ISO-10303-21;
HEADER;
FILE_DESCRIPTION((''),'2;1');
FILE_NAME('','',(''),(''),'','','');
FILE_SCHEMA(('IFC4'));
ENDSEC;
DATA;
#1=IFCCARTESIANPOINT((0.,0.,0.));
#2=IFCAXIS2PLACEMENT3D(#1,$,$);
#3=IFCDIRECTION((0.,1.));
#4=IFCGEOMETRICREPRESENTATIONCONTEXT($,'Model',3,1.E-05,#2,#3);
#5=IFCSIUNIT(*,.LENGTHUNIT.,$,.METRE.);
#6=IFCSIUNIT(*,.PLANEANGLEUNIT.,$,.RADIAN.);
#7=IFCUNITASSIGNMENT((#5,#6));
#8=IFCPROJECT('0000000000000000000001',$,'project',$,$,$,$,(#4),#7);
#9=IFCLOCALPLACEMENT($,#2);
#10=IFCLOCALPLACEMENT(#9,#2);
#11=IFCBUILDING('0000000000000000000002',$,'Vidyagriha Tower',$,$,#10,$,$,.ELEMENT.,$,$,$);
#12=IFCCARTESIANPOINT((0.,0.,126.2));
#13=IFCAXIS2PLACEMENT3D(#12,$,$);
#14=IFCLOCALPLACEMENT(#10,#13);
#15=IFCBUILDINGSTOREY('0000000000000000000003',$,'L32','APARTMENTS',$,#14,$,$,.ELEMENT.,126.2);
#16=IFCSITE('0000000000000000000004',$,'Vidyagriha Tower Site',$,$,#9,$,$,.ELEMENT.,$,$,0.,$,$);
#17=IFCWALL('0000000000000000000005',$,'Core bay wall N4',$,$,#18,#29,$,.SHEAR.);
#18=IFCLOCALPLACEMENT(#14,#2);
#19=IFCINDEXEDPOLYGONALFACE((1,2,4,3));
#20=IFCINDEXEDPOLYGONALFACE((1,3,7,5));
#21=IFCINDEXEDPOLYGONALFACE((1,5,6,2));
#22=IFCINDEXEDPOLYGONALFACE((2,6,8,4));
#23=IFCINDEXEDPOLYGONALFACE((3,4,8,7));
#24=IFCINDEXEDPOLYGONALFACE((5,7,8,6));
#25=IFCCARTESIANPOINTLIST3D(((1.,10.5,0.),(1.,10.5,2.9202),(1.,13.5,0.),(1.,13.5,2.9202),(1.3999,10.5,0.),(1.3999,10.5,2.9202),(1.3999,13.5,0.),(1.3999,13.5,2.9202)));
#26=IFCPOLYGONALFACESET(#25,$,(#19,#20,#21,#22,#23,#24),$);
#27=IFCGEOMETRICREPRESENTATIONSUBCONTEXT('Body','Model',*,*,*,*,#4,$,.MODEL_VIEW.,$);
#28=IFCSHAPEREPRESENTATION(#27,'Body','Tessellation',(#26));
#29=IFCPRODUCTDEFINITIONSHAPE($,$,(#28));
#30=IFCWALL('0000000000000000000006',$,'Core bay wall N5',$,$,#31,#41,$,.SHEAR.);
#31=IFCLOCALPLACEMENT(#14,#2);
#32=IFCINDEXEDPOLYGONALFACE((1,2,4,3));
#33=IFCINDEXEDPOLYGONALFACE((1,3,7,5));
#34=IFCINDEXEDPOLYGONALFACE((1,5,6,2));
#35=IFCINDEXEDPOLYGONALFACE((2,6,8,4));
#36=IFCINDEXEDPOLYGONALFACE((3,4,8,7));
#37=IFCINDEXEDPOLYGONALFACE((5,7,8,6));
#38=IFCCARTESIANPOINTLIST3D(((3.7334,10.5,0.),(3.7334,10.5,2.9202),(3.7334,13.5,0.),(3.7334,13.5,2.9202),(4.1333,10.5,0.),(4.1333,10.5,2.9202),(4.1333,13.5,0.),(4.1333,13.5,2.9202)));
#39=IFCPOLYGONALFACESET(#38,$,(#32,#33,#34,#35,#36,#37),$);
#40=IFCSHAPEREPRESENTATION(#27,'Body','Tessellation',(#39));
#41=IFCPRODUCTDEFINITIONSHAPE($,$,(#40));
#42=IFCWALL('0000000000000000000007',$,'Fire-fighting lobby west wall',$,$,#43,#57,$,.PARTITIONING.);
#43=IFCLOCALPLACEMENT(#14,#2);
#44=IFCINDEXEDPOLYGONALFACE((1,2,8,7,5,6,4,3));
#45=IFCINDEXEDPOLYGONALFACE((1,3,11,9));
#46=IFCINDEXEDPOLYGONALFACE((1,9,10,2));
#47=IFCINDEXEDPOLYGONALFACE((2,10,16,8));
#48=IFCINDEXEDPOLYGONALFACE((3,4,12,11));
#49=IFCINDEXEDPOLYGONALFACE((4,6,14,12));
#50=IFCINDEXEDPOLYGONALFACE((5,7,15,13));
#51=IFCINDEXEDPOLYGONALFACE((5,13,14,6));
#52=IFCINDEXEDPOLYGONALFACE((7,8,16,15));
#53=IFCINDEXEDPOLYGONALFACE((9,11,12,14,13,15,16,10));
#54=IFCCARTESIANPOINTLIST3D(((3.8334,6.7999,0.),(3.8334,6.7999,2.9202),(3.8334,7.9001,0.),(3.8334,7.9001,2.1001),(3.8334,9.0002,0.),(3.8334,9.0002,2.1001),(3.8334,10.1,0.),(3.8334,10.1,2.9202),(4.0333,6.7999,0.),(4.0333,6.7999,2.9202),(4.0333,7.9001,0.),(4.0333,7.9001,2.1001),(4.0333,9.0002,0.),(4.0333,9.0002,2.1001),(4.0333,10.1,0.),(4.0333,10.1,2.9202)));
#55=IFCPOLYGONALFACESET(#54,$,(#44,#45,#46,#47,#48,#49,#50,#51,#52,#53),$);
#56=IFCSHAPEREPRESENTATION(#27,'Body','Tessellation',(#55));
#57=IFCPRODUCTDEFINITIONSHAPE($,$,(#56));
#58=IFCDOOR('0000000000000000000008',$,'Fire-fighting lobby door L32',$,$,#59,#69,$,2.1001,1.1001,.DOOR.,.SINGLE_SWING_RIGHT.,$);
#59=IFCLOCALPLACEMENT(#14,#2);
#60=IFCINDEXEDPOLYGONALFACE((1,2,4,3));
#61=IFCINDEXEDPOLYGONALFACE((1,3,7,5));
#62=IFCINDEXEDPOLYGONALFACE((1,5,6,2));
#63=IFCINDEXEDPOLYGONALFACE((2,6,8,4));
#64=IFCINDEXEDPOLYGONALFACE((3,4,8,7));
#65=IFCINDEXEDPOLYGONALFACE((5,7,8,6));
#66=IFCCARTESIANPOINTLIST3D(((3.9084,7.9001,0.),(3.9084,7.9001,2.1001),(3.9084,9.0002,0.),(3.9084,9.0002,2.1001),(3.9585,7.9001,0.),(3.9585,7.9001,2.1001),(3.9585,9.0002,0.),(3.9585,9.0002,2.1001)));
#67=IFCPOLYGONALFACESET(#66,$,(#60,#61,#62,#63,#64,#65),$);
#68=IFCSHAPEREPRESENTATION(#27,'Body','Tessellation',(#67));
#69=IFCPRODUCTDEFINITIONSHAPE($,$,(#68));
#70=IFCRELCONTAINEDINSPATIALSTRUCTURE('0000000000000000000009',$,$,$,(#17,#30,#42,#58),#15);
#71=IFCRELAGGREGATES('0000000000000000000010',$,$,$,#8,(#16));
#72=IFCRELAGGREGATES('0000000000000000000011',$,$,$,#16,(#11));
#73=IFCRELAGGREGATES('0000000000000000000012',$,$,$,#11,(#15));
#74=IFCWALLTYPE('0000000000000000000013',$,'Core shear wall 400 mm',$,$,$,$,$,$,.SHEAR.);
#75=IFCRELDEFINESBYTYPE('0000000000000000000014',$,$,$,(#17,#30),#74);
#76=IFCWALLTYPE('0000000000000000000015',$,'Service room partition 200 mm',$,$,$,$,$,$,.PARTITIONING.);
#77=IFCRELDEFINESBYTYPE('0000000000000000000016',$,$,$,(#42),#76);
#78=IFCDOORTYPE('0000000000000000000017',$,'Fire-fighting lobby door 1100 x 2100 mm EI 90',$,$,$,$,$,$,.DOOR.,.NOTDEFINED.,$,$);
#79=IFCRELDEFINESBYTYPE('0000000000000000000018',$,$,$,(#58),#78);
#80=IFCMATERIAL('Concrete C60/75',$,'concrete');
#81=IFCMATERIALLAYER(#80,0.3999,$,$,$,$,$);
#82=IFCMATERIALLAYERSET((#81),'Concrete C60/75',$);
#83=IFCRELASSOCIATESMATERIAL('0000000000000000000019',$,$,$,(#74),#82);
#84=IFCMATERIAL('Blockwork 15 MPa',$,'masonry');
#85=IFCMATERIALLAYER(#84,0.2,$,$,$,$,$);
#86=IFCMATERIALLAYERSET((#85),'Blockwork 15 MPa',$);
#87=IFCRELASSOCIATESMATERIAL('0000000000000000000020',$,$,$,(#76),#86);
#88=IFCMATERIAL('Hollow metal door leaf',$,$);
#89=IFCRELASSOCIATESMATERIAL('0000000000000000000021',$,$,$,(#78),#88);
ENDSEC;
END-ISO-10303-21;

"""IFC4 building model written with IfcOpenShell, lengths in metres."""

from ifc_helpers import new_model, si_unit, direction, frame, frame_2d, origin, place, context, subcontext, project, spatial, rectangle, extrude, material, layer, layer_set, type_object, element, fill, save


model = new_model("IFC4")

# Units and contexts
model_context = context("Model", 3, precision=1e-05, world=origin(), true_north=direction((0.0, 1.0)))
body_context = subcontext(model_context, "Body", "Model", "MODEL_VIEW")
ifc_project = project(units=[si_unit("LENGTHUNIT", "METRE"), si_unit("PLANEANGLEUNIT", "RADIAN")], contexts=[model_context])

# Site, building, storey
site_placement = place(None, origin())
site = spatial("IfcSite", under=ifc_project, at=site_placement, Name="Vidyagriha Tower Site", CompositionType="ELEMENT", RefElevation=0.0)
building_placement = place(site_placement, origin())
building = spatial("IfcBuilding", under=site, at=building_placement, Name="Vidyagriha Tower", CompositionType="ELEMENT")
storey_placement = place(building_placement, frame((0.0, 0.0, 126.2)))
storey = spatial("IfcBuildingStorey", under=building, at=storey_placement, Name="L32", Description="APARTMENTS", CompositionType="ELEMENT", Elevation=126.2)

# Shared definitions
ifc_material_1 = material(Name="Concrete C60/75", Category="concrete")
ifc_layer_1 = layer(ifc_material_1, 0.3999)
ifc_layer_set_1 = layer_set([ifc_layer_1], Name="Concrete C60/75")
wall_type_1 = type_object("IfcWallType", Name="Core shear wall 400 mm", PredefinedType="SHEAR", material=ifc_layer_set_1)

# Walls
for number, where, z_axis, x_axis, name in (
    (1, (1.2, 10.5, 0.0), (0.0, 0.0, 1.0), (0.0, 1.0, 0.0), "Core bay wall N4"),
    (2, (3.9333, 10.5, 0.0), (0.0, 0.0, 1.0), (0.0, 1.0, 0.0), "Core bay wall N5"),
):
    element("IfcWall", number, at=place(storey_placement, frame(where, z_axis=z_axis, x_axis=x_axis)), inside=storey, type_object=wall_type_1, Name=name, PredefinedType="SHEAR", context=body_context, shape_type="SweptSolid", body=[
        extrude(rectangle(XDim=3.0, YDim=0.3999, at=frame_2d((1.5, 0.0))), origin(), (0.0, 0.0, 1.0), 2.9202),
    ])

# Wall, opening, door
ifc_material_2 = material(Name="Blockwork 15 MPa", Category="masonry")
ifc_layer_2 = layer(ifc_material_2, 0.2)
ifc_layer_set_2 = layer_set([ifc_layer_2], Name="Blockwork 15 MPa")
wall_type_2 = type_object("IfcWallType", Name="Service room partition 200 mm", PredefinedType="PARTITIONING", material=ifc_layer_set_2)
wall_1_placement = place(storey_placement, frame((3.9333, 6.8, 0.0), z_axis=(0.0, 0.0, 1.0), x_axis=(0.0, 1.0, 0.0)))
wall_1 = element("IfcWall", 3, at=wall_1_placement, inside=storey, type_object=wall_type_2, Name="Fire-fighting lobby west wall", PredefinedType="PARTITIONING", context=body_context, shape_type="SweptSolid", body=[
    extrude(rectangle(XDim=3.3, YDim=0.2, at=frame_2d((1.6499, 0.0))), origin(), (0.0, 0.0, 1.0), 2.9202),
])
opening_1_placement = place(wall_1_placement, frame((1.1001, 0.0, 0.0)))
opening_1 = element("IfcOpeningElement", 4, at=opening_1_placement, cuts=wall_1, PredefinedType="OPENING", context=body_context, shape_type="SweptSolid", body=[
    extrude(rectangle(XDim=1.1001, YDim=2.1001, at=frame_2d((0.55, 1.05))), frame((0.0, 0.1099, 0.0), z_axis=(0.0, -1.0, 0.0), x_axis=(1.0, 0.0, 0.0)), (0.0, 0.0, 1.0), 0.22),
])
ifc_material_3 = material(Name="Hollow metal door leaf")
door_type_1 = type_object("IfcDoorType", Name="Fire-fighting lobby door 1100 x 2100 mm EI 90", OperationType="NOTDEFINED", PredefinedType="DOOR", material=ifc_material_3)
door_1_placement = place(opening_1_placement, origin())
door_1 = element("IfcDoor", 5, at=door_1_placement, inside=storey, type_object=door_type_1, Name="Fire-fighting lobby door L32", OperationType="SINGLE_SWING_RIGHT", OverallHeight=2.1001, OverallWidth=1.1001, PredefinedType="DOOR", context=body_context, shape_type="SweptSolid", body=[
    extrude(rectangle(XDim=1.1001, YDim=2.1001, at=frame_2d((0.55, 1.05))), frame((0.0, 0.0249, 0.0), z_axis=(0.0, -1.0, 0.0), x_axis=(1.0, 0.0, 0.0)), (0.0, 0.0, 1.0), 0.05),
])
fill(opening_1, door_1)

save(model, "model.ifc")
